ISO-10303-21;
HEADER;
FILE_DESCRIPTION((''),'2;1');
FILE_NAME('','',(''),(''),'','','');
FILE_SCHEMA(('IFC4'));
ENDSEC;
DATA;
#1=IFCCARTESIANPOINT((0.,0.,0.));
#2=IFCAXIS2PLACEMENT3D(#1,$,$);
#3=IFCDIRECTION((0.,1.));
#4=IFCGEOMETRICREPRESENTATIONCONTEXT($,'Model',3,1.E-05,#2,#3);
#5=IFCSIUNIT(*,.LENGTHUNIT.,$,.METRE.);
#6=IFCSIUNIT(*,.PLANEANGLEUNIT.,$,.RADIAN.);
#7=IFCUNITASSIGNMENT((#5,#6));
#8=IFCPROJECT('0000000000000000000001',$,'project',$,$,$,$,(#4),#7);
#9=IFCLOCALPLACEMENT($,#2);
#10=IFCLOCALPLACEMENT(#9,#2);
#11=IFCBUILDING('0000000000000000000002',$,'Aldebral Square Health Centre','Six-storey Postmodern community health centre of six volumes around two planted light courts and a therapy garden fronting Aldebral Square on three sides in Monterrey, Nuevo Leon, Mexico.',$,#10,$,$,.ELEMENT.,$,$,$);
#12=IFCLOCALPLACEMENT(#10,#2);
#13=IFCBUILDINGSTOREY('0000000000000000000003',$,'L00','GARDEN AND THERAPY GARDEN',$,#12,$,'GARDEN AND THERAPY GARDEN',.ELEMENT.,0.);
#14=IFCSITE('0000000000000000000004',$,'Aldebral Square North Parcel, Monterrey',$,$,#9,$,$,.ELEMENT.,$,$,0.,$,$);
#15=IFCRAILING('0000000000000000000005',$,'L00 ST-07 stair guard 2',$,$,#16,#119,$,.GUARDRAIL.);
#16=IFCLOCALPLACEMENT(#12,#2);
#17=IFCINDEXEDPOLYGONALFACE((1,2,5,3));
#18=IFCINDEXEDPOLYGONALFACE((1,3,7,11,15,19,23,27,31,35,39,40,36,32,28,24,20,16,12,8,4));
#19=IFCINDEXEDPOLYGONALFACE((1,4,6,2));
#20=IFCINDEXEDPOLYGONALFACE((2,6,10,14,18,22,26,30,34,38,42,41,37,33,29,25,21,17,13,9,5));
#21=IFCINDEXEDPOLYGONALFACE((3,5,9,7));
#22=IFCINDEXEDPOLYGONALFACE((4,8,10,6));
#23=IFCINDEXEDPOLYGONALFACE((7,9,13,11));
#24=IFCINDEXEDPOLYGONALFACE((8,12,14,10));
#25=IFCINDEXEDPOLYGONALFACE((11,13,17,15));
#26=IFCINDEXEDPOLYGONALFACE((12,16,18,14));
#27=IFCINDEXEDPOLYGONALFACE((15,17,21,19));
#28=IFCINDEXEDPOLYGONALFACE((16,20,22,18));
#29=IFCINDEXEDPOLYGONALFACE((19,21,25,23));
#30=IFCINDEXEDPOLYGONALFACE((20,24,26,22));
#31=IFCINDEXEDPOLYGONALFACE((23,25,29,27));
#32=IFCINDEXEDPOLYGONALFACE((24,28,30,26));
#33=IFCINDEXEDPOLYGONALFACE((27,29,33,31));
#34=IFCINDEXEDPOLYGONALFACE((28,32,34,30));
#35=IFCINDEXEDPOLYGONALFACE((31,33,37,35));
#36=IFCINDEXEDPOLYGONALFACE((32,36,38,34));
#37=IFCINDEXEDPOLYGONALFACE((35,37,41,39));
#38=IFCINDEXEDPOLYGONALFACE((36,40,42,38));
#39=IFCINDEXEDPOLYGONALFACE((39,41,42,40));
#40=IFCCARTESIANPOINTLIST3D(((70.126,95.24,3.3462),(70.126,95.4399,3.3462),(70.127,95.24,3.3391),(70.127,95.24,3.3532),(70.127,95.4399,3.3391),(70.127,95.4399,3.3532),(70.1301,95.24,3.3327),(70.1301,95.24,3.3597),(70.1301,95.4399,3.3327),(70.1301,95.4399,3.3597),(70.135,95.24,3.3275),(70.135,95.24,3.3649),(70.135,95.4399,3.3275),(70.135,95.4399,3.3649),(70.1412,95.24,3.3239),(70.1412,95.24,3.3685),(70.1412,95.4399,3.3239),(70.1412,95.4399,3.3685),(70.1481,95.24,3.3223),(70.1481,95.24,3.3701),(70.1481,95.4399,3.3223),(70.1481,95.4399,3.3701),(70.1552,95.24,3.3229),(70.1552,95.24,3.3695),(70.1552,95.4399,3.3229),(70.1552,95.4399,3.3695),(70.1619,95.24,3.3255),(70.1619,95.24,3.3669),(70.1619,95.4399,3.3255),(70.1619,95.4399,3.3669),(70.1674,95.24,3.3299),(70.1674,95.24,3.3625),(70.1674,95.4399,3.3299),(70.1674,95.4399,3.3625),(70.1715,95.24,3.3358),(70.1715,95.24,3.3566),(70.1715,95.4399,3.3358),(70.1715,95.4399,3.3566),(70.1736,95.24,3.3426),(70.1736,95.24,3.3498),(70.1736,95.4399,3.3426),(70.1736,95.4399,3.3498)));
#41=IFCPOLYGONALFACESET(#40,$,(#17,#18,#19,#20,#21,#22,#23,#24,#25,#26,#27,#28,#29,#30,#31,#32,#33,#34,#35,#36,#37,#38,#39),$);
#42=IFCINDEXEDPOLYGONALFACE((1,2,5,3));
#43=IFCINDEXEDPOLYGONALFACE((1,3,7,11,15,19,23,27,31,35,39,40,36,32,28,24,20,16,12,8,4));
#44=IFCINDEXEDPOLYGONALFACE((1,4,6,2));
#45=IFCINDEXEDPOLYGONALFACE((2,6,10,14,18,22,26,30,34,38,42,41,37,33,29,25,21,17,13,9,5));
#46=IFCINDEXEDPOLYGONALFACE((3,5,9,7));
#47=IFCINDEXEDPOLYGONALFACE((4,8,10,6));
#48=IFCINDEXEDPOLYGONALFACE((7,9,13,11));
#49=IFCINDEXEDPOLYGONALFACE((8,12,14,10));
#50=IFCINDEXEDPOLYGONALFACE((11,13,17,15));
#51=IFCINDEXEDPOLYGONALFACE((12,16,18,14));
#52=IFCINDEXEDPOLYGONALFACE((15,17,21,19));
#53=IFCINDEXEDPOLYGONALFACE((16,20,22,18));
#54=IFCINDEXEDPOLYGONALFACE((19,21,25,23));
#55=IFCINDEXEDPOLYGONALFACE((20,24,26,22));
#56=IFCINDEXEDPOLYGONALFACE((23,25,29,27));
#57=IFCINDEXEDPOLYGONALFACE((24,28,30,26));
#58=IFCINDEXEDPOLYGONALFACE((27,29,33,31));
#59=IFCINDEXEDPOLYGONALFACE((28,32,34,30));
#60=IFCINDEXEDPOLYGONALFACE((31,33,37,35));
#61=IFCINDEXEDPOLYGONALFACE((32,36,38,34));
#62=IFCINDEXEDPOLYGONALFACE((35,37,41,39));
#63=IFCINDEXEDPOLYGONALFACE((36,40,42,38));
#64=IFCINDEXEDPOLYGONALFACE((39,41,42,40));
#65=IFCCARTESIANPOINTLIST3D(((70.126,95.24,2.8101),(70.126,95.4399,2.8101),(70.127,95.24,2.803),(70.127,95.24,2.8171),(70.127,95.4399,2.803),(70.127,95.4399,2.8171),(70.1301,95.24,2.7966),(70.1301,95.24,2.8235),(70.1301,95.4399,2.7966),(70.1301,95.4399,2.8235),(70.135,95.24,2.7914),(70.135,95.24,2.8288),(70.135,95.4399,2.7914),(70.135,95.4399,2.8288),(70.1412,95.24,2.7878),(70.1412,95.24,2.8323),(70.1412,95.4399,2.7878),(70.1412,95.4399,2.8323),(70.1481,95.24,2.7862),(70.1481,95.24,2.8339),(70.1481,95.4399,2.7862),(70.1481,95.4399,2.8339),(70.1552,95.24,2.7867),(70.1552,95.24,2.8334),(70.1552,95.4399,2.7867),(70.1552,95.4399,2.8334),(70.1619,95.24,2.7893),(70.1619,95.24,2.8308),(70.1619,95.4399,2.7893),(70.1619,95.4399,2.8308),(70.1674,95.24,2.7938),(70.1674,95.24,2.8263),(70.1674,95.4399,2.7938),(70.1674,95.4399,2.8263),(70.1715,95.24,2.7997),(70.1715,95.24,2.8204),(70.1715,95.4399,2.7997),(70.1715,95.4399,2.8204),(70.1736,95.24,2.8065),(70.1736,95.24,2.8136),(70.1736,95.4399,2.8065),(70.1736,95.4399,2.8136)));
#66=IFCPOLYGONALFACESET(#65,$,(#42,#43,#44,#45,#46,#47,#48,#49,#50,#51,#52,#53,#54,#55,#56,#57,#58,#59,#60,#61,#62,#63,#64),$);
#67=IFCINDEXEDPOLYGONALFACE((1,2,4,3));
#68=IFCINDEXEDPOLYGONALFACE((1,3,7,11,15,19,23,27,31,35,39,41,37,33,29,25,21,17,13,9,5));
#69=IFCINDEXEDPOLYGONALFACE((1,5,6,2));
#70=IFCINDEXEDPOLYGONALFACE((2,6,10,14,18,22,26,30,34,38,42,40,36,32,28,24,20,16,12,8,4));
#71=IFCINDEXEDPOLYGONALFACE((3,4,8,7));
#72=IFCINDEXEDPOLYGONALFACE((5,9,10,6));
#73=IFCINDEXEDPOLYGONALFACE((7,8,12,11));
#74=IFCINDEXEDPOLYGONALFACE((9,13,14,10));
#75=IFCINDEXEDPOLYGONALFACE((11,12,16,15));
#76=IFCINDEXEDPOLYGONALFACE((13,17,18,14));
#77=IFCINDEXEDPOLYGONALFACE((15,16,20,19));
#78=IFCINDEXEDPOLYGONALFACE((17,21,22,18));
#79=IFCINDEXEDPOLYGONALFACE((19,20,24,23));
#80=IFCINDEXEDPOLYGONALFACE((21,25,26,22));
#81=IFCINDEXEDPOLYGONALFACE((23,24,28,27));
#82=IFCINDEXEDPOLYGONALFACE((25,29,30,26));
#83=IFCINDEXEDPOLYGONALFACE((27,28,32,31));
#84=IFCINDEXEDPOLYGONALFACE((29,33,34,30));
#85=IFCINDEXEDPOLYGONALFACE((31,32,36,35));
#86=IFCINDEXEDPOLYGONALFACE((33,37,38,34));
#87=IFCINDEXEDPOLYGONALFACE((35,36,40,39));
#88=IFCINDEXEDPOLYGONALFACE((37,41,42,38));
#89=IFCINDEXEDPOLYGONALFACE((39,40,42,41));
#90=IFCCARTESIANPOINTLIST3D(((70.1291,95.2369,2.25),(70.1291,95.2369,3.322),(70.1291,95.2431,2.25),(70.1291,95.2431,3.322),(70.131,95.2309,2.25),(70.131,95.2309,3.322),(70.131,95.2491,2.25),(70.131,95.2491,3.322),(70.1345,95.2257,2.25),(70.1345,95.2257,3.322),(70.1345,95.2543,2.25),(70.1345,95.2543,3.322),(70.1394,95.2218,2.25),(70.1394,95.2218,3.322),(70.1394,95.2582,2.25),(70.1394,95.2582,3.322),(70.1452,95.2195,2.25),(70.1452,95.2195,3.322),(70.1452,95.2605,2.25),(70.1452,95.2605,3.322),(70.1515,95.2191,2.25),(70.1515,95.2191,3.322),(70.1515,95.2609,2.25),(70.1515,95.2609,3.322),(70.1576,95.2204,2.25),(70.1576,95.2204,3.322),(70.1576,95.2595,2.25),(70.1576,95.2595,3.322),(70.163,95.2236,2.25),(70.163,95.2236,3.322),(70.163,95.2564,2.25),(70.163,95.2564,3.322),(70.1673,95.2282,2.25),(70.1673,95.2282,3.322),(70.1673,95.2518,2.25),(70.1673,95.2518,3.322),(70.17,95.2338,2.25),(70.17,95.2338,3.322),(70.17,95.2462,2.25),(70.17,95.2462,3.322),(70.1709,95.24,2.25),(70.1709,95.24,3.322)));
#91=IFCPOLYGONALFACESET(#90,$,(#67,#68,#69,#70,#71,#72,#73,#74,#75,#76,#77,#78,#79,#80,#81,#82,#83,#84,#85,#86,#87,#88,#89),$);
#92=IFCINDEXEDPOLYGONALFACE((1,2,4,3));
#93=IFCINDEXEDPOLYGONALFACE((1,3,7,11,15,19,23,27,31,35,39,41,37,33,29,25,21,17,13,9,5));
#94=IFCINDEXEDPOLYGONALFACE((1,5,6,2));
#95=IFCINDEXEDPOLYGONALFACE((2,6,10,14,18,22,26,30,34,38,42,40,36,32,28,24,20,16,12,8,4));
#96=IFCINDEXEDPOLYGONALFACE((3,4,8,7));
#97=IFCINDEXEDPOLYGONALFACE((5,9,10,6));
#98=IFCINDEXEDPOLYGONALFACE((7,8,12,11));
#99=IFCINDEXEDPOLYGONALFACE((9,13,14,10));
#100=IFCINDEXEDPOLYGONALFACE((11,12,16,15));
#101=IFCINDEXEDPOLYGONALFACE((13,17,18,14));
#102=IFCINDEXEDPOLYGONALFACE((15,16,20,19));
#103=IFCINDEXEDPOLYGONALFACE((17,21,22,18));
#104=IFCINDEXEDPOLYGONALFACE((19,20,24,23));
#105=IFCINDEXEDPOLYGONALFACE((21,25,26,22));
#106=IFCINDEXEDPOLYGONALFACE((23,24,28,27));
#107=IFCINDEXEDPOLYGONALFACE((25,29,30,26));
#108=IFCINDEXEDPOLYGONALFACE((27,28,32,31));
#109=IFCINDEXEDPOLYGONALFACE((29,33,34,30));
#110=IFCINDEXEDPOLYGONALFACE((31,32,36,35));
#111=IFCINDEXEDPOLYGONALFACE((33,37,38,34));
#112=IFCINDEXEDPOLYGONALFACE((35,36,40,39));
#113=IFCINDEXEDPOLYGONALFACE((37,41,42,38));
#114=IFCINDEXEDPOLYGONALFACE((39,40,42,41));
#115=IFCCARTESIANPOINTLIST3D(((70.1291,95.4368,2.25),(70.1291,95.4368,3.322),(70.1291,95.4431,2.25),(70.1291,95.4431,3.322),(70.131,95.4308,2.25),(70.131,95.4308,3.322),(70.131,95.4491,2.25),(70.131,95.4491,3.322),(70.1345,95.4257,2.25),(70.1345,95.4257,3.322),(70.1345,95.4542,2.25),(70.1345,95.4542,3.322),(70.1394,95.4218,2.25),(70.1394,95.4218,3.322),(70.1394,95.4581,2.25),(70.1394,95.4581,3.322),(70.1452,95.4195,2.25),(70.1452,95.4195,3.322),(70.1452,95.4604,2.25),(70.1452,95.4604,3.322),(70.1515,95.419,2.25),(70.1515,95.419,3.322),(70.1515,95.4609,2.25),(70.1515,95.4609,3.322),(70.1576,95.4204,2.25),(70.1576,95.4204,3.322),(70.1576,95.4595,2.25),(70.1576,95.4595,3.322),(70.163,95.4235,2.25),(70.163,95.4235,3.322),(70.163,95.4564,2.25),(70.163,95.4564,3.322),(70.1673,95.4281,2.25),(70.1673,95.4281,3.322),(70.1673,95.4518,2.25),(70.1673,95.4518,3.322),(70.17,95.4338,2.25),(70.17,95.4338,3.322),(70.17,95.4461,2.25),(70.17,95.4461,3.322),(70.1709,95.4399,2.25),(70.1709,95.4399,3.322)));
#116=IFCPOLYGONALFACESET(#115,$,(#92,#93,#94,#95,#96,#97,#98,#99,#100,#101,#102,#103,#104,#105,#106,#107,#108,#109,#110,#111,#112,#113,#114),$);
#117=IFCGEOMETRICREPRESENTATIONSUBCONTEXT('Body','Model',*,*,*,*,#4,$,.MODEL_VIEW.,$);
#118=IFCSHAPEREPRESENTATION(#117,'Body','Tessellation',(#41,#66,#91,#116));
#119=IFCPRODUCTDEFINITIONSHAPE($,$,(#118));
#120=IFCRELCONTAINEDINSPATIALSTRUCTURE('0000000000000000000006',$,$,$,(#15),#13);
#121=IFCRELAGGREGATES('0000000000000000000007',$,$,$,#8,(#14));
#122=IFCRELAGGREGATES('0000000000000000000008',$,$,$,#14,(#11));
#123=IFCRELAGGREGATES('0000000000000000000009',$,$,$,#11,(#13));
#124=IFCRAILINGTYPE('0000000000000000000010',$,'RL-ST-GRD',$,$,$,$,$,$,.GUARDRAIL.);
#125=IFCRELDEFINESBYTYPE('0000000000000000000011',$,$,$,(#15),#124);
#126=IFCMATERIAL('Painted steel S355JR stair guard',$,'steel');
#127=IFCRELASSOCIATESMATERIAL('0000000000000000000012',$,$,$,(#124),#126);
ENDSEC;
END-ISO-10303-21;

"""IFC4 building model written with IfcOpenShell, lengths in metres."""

from ifc_helpers import new_model, si_unit, direction, frame, origin, origin_2d, place, context, subcontext, project, spatial, circle, extrude, material, type_object, element, save


model = new_model("IFC4")

# Units and contexts
model_context = context("Model", 3, precision=1e-05, world=origin(), true_north=direction((0.0, 1.0)))
body_context = subcontext(model_context, "Body", "Model", "MODEL_VIEW")
ifc_project = project(units=[si_unit("LENGTHUNIT", "METRE"), si_unit("PLANEANGLEUNIT", "RADIAN")], contexts=[model_context])

# Site, building, storey
site_placement = place(None, origin())
site = spatial("IfcSite", under=ifc_project, at=site_placement, Name="Aldebral Square North Parcel, Monterrey", CompositionType="ELEMENT", RefElevation=0.0)
building_placement = place(site_placement, origin())
building = spatial("IfcBuilding", under=site, at=building_placement, Name="Aldebral Square Health Centre", Description="Six-storey Postmodern community health centre of six volumes around two planted light courts and a therapy garden fronting Aldebral Square on three sides in Monterrey, Nuevo Leon, Mexico.", CompositionType="ELEMENT")
storey_placement = place(building_placement, origin())
storey = spatial("IfcBuildingStorey", under=building, at=storey_placement, Name="L00", Description="GARDEN AND THERAPY GARDEN", LongName="GARDEN AND THERAPY GARDEN", CompositionType="ELEMENT", Elevation=0.0)

# Railing
ifc_material_1 = material(Name="Painted steel S355JR stair guard", Category="steel")
railing_type_1 = type_object("IfcRailingType", Name="RL-ST-GRD", PredefinedType="GUARDRAIL", material=ifc_material_1)
railing_1_placement = place(storey_placement, frame((70.1499, 95.24, 2.25)))
element("IfcRailing", 1, at=railing_1_placement, inside=storey, type_object=railing_type_1, Name="L00 ST-07 stair guard 2", PredefinedType="GUARDRAIL", context=body_context, shape_type="SweptSolid", body=[
    extrude(circle(Radius=0.0239, at=origin_2d()), frame((0.0, 0.0, 1.0962), z_axis=(0.0, 1.0, 0.0), x_axis=(-1.0, 0.0, 0.0)), (0.0, 0.0, 1.0), 0.2),
    extrude(circle(Radius=0.0239, at=origin_2d()), frame((0.0, 0.0, 0.5601), z_axis=(0.0, 1.0, 0.0), x_axis=(-1.0, 0.0, 0.0)), (0.0, 0.0, 1.0), 0.2),
    extrude(circle(Radius=0.021, at=origin_2d()), origin(), (0.0, 0.0, 1.0), 1.072),
    extrude(circle(Radius=0.021, at=origin_2d()), frame((0.0, 0.2, 0.0)), (0.0, 0.0, 1.0), 1.072),
])

save(model, "model.ifc")
